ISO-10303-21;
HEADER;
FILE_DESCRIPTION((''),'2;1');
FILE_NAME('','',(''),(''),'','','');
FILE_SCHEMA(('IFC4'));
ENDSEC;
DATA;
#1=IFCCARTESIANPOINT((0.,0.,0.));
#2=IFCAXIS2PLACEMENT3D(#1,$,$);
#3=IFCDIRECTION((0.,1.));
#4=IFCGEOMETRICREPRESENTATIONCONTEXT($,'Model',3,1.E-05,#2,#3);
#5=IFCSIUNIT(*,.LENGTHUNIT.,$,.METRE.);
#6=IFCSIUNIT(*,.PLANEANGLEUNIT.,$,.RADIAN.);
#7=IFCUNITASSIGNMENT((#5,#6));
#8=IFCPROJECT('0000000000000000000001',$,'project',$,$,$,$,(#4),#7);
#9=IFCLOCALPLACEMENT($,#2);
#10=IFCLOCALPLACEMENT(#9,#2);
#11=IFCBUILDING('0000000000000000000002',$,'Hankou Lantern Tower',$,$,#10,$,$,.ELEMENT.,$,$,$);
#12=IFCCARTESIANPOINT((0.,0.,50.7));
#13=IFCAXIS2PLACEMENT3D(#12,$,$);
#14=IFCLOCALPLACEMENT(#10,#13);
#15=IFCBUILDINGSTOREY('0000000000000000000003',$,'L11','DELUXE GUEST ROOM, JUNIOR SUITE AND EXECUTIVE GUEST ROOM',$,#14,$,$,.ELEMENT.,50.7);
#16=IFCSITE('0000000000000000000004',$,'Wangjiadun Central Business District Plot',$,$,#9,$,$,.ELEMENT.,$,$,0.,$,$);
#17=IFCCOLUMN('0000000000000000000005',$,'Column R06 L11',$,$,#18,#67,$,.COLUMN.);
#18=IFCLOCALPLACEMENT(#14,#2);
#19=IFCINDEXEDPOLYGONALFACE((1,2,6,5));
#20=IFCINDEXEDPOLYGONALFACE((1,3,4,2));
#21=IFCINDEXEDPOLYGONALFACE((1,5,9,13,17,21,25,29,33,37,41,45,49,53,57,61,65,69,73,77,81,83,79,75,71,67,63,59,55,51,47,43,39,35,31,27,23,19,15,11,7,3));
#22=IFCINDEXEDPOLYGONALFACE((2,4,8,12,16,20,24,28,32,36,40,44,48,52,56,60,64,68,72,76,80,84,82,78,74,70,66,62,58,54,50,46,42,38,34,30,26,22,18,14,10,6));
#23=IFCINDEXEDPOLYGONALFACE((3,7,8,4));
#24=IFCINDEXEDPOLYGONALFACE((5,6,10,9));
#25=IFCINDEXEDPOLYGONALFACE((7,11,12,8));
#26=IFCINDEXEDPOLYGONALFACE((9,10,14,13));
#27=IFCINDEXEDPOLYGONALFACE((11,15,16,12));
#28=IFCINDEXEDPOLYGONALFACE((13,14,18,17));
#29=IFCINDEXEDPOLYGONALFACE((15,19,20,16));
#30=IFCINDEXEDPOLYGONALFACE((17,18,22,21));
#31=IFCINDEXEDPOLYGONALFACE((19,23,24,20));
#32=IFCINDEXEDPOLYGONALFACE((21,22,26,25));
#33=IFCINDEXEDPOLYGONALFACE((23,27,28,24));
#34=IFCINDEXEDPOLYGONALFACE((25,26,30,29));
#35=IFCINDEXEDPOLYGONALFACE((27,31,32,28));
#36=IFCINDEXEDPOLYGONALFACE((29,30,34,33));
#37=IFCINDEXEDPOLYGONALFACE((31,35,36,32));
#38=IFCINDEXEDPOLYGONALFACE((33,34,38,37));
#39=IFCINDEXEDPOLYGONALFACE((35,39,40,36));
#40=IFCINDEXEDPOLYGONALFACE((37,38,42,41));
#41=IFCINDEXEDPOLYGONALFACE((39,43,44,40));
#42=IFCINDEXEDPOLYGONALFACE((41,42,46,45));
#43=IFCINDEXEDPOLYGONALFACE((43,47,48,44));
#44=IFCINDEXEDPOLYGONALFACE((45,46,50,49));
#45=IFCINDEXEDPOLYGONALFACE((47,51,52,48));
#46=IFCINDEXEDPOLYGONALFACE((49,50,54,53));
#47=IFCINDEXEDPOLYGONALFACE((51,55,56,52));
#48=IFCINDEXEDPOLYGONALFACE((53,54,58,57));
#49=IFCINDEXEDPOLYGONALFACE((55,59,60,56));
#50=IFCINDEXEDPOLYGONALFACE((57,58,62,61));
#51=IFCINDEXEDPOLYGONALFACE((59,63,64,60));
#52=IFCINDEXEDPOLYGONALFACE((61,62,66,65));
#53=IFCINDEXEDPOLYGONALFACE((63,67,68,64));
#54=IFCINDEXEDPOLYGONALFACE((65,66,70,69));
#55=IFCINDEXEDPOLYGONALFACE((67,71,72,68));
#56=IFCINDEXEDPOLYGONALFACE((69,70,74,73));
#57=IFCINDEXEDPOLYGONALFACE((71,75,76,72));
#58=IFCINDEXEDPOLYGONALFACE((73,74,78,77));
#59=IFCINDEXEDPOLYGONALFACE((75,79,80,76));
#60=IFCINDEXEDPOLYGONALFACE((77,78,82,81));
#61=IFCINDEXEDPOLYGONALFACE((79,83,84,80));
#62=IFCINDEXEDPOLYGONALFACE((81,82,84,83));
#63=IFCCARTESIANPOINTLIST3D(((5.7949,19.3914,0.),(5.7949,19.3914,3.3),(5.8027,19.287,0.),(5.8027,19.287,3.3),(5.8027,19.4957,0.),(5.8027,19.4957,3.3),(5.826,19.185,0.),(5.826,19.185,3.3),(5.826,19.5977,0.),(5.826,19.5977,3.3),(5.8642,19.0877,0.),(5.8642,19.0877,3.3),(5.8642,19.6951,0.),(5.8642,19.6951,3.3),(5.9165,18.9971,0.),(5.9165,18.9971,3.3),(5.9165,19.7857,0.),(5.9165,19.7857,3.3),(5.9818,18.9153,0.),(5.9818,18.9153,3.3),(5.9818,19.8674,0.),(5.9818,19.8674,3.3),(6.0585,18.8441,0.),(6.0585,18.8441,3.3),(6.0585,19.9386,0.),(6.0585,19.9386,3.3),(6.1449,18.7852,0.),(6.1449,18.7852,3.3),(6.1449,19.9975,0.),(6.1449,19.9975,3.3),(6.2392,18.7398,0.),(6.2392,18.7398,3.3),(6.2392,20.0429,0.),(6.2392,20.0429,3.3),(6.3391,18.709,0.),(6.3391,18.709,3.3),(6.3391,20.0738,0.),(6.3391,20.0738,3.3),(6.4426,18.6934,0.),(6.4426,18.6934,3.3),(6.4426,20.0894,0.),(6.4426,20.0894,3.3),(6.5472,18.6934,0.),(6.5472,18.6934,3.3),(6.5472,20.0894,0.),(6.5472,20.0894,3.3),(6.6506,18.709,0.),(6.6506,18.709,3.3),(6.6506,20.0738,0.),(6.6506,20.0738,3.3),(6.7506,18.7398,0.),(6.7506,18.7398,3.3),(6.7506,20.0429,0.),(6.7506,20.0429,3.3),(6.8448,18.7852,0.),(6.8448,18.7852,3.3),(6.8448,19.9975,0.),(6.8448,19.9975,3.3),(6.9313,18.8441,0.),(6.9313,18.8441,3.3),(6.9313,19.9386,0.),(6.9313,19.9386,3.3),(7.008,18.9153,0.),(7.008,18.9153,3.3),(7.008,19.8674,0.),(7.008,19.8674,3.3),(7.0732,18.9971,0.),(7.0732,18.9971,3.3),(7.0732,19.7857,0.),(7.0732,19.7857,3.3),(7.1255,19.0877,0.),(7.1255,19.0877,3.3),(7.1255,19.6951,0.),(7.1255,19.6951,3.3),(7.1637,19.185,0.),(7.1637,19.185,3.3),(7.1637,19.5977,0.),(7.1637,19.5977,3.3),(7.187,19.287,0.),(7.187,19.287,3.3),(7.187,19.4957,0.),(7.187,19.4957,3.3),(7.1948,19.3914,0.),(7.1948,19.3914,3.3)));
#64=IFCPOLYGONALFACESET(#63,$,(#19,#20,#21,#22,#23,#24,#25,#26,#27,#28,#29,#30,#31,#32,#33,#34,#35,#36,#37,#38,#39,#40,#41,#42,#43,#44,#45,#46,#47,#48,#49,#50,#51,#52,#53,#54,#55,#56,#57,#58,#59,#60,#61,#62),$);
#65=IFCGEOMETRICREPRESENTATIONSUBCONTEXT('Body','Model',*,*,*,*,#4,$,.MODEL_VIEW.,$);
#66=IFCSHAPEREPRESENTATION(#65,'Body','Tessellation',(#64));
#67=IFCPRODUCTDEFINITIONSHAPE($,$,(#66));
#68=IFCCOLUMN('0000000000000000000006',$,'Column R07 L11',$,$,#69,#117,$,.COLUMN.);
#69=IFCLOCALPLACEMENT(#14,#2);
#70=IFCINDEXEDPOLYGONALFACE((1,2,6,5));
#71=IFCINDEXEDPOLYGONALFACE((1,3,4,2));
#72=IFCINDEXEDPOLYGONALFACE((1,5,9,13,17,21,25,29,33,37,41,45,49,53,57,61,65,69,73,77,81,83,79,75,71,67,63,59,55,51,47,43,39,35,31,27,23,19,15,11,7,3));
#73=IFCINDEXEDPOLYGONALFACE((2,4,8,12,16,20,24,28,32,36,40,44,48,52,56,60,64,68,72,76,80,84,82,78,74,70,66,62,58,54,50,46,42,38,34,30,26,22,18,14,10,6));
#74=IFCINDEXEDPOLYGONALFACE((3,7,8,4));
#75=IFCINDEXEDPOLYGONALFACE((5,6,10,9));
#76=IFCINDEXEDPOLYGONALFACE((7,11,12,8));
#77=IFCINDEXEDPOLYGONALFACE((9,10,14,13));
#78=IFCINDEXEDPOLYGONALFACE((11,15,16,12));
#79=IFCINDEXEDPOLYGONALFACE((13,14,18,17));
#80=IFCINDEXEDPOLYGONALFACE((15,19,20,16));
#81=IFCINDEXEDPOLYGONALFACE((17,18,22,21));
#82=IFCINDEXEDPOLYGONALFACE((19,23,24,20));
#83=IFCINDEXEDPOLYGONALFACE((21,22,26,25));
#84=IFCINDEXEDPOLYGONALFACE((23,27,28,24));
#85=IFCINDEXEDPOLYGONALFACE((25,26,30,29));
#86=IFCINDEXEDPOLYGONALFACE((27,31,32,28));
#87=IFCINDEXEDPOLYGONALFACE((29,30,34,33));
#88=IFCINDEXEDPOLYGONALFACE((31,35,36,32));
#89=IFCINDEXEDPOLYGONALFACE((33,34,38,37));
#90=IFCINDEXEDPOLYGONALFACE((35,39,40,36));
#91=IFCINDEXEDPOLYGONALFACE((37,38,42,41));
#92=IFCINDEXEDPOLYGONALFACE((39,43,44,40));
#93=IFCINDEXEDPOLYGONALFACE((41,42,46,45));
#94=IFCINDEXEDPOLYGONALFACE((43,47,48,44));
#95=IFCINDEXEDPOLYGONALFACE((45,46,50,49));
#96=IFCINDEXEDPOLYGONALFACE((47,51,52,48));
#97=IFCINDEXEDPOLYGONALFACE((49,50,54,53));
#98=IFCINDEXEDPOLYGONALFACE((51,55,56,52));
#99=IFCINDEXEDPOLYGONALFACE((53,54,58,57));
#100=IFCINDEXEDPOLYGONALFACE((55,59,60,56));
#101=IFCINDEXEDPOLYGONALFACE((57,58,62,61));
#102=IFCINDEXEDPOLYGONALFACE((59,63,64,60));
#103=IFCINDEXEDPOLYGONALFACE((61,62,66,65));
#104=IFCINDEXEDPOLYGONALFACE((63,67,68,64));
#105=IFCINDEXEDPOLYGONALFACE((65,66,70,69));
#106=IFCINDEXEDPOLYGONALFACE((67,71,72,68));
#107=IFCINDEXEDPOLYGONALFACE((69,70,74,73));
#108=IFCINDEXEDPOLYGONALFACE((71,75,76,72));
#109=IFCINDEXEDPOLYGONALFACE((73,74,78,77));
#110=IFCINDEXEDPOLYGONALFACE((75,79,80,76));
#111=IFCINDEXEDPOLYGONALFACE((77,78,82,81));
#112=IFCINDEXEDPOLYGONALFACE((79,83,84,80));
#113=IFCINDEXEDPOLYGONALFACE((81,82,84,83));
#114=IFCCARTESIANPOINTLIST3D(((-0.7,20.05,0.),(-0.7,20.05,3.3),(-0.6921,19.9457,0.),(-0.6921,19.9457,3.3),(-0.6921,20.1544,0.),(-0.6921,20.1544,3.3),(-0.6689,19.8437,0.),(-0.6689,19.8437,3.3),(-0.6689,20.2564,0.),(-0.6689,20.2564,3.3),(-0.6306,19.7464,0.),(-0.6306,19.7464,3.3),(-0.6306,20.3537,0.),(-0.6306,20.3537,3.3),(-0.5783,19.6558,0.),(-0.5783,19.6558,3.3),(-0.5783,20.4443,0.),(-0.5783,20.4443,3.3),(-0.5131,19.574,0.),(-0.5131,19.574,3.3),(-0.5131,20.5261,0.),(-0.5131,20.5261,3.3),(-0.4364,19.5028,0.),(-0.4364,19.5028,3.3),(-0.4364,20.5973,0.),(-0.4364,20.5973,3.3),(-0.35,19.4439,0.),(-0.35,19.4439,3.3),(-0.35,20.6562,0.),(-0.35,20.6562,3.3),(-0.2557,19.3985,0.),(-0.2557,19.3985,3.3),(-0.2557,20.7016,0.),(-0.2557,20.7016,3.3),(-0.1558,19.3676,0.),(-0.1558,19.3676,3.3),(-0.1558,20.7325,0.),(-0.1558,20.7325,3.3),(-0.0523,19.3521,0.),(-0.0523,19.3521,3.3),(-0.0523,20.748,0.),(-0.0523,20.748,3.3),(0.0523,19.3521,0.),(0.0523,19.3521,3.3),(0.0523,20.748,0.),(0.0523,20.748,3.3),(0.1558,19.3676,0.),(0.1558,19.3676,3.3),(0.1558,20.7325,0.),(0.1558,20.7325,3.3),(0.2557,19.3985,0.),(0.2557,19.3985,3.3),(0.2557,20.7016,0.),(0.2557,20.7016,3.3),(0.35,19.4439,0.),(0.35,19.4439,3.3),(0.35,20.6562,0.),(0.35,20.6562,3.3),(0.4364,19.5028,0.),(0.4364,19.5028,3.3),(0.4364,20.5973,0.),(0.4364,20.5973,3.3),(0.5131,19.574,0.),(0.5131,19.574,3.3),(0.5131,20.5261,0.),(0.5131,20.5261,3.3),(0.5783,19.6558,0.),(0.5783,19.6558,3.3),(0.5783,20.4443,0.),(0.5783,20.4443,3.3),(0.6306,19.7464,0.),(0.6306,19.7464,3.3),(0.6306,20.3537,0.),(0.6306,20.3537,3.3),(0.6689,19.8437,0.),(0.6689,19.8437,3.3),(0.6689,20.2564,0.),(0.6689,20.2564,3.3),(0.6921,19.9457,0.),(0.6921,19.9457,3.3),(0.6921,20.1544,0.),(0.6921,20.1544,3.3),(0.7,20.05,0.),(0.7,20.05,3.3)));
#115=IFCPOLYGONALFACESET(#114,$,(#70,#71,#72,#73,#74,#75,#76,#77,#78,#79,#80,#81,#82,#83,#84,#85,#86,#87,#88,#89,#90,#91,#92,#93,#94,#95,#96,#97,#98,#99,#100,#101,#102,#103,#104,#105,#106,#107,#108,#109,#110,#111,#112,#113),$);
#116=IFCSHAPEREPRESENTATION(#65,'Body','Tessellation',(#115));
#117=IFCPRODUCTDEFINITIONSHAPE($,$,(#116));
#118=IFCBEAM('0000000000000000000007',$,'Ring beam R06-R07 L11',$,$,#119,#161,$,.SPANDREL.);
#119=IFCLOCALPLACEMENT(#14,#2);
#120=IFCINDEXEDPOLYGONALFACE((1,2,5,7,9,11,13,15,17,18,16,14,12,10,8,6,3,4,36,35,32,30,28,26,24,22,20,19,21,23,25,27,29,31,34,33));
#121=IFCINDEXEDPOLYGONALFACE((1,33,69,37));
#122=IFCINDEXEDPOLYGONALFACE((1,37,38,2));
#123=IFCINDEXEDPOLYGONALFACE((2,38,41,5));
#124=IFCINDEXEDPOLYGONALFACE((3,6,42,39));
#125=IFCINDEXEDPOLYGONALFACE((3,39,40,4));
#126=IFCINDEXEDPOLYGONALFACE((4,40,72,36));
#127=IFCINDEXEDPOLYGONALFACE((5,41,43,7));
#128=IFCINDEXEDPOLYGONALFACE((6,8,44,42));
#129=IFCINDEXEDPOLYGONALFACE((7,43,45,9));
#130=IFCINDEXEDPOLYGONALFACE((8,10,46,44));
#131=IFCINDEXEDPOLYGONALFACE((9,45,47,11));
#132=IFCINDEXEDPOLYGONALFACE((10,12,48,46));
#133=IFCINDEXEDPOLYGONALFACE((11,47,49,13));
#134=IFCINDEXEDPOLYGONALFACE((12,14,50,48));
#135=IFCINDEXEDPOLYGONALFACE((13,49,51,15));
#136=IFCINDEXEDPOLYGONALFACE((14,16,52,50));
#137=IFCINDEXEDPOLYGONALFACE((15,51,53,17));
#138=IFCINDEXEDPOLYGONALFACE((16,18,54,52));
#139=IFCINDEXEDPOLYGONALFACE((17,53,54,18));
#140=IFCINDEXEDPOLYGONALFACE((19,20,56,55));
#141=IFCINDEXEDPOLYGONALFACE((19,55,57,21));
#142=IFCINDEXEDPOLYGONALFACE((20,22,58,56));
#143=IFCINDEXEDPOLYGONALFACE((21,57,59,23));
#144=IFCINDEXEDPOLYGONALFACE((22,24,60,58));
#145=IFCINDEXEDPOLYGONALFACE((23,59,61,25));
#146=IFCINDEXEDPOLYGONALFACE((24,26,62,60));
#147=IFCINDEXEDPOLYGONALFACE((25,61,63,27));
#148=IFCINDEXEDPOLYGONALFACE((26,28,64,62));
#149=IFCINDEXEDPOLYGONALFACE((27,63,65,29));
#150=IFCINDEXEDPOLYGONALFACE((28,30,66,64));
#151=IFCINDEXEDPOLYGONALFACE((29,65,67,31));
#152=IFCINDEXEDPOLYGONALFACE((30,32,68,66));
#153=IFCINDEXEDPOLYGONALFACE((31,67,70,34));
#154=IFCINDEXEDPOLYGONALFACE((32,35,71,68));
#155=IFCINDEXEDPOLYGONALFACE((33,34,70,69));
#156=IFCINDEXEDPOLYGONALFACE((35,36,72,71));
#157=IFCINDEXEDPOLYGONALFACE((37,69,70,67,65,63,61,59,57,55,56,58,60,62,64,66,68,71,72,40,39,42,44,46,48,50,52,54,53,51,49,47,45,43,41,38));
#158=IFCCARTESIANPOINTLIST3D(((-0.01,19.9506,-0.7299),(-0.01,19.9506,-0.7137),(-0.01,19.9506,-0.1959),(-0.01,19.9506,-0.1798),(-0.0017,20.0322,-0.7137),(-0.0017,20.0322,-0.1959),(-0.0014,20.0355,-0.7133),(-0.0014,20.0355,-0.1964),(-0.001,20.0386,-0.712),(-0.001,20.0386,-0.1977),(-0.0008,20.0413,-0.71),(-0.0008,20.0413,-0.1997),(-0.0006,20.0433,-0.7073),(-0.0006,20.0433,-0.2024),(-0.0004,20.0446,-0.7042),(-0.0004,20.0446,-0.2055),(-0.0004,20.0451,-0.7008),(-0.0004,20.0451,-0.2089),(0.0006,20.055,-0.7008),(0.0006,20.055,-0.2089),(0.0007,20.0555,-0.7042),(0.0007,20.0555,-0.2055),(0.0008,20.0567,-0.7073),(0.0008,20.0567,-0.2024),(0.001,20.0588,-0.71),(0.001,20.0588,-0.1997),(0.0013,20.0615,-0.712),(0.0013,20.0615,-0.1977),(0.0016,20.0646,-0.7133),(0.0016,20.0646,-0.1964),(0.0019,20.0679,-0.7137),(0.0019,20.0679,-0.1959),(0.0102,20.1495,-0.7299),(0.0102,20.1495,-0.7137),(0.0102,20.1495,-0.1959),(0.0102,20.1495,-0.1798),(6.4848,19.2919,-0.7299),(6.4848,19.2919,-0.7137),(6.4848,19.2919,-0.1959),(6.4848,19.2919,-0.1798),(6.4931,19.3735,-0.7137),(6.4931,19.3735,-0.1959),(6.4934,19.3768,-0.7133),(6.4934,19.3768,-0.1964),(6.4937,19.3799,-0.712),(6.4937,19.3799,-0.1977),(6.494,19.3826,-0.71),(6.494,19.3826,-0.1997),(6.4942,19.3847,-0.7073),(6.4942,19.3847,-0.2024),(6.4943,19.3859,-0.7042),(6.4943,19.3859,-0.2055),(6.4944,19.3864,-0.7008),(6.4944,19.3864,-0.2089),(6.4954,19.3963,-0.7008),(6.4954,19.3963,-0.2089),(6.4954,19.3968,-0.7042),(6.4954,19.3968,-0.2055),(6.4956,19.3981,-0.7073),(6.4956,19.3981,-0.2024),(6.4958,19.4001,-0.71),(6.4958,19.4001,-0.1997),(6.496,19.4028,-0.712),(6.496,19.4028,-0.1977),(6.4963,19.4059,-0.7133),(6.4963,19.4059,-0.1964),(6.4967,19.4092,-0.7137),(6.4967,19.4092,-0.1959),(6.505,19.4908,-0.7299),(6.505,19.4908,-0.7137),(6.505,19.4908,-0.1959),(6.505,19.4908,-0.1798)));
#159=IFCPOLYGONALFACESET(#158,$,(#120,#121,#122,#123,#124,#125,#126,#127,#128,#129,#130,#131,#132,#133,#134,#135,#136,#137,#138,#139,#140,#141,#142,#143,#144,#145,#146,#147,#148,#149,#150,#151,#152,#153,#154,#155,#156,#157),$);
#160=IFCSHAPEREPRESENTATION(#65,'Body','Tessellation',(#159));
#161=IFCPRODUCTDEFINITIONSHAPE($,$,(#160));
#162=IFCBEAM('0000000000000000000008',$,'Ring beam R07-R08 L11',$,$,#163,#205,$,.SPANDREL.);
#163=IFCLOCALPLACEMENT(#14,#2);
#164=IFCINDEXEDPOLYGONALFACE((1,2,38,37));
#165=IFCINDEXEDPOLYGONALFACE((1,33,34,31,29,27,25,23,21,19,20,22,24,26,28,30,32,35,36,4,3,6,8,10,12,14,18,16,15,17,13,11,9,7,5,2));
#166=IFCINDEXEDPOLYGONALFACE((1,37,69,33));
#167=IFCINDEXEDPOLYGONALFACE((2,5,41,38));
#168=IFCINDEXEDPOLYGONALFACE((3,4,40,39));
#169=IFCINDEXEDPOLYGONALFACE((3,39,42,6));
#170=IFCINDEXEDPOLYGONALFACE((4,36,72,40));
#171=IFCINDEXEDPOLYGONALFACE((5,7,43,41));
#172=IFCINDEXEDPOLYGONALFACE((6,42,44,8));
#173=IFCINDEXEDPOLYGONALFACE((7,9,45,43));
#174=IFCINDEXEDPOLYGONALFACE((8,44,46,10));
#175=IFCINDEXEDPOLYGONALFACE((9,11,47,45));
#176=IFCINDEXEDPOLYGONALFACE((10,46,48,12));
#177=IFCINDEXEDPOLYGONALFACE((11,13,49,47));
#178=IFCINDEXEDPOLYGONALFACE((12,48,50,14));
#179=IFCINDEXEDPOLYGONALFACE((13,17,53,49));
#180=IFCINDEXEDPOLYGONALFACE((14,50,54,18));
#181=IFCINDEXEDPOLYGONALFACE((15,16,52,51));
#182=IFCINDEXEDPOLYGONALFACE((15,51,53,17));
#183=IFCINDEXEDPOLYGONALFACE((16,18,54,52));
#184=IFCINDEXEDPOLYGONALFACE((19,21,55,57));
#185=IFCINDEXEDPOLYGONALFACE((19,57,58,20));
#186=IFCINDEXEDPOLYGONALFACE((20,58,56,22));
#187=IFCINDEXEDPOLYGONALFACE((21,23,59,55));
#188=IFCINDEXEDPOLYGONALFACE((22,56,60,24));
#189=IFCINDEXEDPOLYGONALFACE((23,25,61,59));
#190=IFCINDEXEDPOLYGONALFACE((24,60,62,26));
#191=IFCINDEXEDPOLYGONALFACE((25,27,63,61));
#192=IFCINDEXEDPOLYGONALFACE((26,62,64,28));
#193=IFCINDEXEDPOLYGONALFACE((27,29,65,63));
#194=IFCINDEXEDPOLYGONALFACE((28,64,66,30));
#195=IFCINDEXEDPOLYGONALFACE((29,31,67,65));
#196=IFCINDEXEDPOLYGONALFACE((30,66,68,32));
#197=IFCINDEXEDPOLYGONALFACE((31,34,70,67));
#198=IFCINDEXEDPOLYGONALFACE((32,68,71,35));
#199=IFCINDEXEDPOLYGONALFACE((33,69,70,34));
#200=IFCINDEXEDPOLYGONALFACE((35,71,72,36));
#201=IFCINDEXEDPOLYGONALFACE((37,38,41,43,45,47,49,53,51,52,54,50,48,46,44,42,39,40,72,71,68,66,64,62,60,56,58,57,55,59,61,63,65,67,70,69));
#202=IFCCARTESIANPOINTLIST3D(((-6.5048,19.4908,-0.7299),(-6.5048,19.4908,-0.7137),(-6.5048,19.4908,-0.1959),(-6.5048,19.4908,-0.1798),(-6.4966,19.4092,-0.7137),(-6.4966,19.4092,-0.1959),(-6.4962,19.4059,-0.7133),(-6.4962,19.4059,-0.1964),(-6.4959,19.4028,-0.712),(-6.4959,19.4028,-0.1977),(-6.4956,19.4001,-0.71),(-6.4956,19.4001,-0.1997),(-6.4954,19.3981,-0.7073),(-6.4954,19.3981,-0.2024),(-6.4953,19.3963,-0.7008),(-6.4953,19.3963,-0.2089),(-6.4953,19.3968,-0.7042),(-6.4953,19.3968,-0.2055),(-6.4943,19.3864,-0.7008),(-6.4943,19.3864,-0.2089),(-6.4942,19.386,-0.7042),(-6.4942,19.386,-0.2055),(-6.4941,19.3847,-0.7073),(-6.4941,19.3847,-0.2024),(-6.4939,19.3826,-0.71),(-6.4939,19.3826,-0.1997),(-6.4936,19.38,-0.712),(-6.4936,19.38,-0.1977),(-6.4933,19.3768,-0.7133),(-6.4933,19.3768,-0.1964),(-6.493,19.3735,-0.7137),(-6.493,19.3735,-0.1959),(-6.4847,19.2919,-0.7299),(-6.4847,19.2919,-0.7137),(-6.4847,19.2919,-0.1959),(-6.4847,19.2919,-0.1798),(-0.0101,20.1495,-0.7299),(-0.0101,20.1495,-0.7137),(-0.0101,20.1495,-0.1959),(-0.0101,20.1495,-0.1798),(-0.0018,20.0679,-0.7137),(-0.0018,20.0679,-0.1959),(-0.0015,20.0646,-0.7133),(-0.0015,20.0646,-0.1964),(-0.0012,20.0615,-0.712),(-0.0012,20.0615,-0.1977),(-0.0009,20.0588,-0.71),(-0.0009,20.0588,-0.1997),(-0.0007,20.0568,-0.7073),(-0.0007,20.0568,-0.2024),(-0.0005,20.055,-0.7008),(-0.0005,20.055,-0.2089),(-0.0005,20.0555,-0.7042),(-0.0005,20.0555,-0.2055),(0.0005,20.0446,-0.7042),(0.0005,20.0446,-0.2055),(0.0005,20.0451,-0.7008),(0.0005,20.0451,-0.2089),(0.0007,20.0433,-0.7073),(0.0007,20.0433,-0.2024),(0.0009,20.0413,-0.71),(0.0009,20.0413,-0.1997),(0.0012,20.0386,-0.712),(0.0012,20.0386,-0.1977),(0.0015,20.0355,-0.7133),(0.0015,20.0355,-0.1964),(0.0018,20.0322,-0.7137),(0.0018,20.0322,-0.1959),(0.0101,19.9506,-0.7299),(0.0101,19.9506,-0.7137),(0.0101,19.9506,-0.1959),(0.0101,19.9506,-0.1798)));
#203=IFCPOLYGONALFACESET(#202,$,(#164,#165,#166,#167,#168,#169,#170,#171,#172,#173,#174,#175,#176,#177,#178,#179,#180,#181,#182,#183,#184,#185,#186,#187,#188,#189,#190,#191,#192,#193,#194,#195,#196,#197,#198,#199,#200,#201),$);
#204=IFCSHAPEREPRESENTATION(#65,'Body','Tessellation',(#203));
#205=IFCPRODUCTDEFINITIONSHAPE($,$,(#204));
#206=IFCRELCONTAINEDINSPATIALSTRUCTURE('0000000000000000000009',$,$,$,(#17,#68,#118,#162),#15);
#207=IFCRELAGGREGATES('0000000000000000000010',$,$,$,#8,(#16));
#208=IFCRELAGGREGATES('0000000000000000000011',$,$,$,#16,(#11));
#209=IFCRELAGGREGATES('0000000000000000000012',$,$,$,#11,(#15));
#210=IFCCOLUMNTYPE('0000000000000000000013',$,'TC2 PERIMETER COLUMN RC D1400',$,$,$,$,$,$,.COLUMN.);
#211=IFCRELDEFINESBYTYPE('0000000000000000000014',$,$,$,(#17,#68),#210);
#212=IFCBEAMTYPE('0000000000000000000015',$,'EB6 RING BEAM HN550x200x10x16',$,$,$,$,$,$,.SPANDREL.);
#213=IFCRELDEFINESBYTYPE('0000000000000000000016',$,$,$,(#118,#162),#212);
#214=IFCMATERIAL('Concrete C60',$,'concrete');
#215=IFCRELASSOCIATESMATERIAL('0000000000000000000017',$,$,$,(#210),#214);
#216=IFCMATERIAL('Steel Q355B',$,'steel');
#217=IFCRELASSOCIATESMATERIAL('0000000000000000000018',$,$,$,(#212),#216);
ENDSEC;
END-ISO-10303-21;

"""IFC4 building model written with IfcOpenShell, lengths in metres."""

from ifc_helpers import new_model, si_unit, direction, frame, origin, origin_2d, place, context, subcontext, project, spatial, circle, i_section, extrude, material, material_profile, profile_set, type_object, element, save


model = new_model("IFC4")

# Units and contexts
model_context = context("Model", 3, precision=1e-05, world=origin(), true_north=direction((0.0, 1.0)))
body_context = subcontext(model_context, "Body", "Model", "MODEL_VIEW")
ifc_project = project(units=[si_unit("LENGTHUNIT", "METRE"), si_unit("PLANEANGLEUNIT", "RADIAN")], contexts=[model_context])

# Site, building, storey
site_placement = place(None, origin())
site = spatial("IfcSite", under=ifc_project, at=site_placement, Name="Wangjiadun Central Business District Plot", CompositionType="ELEMENT", RefElevation=0.0)
building_placement = place(site_placement, origin())
building = spatial("IfcBuilding", under=site, at=building_placement, Name="Hankou Lantern Tower", CompositionType="ELEMENT")
storey_placement = place(building_placement, frame((0.0, 0.0, 50.7)))
storey = spatial("IfcBuildingStorey", under=building, at=storey_placement, Name="L11", Description="DELUXE GUEST ROOM, JUNIOR SUITE AND EXECUTIVE GUEST ROOM", CompositionType="ELEMENT", Elevation=50.7)

# Columns
ifc_material_1 = material(Name="Concrete C60", Category="concrete")
ifc_material_profile_1 = material_profile(ifc_material_1, circle(Radius=0.7, at=origin_2d()), Name="RC D1400")
ifc_profile_set_1 = profile_set([ifc_material_profile_1], Name="Concrete C60")
column_type = type_object("IfcColumnType", Name="TC2 PERIMETER COLUMN RC D1400", PredefinedType="COLUMN", material=ifc_profile_set_1)
for number, where, z_axis, x_axis, name in (
    (1, (6.4949, 19.3914, 0.0), (0.0, 0.0, 1.0), (1.0, 0.0, 0.0), "Column R06 L11"),
    (2, (0.0, 20.05, 0.0), (0.0, 0.0, 1.0), (1.0, 0.0, 0.0), "Column R07 L11"),
):
    element("IfcColumn", number, at=place(storey_placement, frame(where, z_axis=z_axis, x_axis=x_axis)), inside=storey, type_object=column_type, Name=name, PredefinedType="COLUMN", context=body_context, shape_type="SweptSolid", body=[
        extrude(circle(Radius=0.7, at=origin_2d()), origin(), (0.0, 0.0, 1.0), 3.3),
    ])

# Beams
ifc_material_2 = material(Name="Steel Q355B", Category="steel")
ifc_material_profile_2 = material_profile(ifc_material_2, i_section(OverallWidth=0.2, OverallDepth=0.55, WebThickness=0.01, FlangeThickness=0.0161, FilletRadius=0.0129, at=origin_2d()), Name="HN550x200x10x16")
ifc_profile_set_2 = profile_set([ifc_material_profile_2], Name="Steel Q355B")
beam_type_1 = type_object("IfcBeamType", Name="EB6 RING BEAM HN550x200x10x16", PredefinedType="SPANDREL", material=ifc_profile_set_2)
for number, where, z_axis, x_axis, name in (
    (3, (6.4949, 19.3914, -0.4548), (-0.994897, 0.1009, 0.0), (-0.1009, -0.994897, 0.0), "Ring beam R06-R07 L11"),
    (4, (0.0, 20.05, -0.4548), (-0.994897, -0.1009, 0.0), (0.1009, -0.994897, 0.0), "Ring beam R07-R08 L11"),
):
    element("IfcBeam", number, at=place(storey_placement, frame(where, z_axis=z_axis, x_axis=x_axis)), inside=storey, type_object=beam_type_1, Name=name, PredefinedType="SPANDREL", context=body_context, shape_type="SweptSolid", body=[
        extrude(i_section(OverallWidth=0.2, OverallDepth=0.55, WebThickness=0.01, FlangeThickness=0.0161, FilletRadius=0.0129, at=origin_2d()), origin(), (0.0, 0.0, 1.0), 6.5281),
    ])

save(model, "model.ifc")
